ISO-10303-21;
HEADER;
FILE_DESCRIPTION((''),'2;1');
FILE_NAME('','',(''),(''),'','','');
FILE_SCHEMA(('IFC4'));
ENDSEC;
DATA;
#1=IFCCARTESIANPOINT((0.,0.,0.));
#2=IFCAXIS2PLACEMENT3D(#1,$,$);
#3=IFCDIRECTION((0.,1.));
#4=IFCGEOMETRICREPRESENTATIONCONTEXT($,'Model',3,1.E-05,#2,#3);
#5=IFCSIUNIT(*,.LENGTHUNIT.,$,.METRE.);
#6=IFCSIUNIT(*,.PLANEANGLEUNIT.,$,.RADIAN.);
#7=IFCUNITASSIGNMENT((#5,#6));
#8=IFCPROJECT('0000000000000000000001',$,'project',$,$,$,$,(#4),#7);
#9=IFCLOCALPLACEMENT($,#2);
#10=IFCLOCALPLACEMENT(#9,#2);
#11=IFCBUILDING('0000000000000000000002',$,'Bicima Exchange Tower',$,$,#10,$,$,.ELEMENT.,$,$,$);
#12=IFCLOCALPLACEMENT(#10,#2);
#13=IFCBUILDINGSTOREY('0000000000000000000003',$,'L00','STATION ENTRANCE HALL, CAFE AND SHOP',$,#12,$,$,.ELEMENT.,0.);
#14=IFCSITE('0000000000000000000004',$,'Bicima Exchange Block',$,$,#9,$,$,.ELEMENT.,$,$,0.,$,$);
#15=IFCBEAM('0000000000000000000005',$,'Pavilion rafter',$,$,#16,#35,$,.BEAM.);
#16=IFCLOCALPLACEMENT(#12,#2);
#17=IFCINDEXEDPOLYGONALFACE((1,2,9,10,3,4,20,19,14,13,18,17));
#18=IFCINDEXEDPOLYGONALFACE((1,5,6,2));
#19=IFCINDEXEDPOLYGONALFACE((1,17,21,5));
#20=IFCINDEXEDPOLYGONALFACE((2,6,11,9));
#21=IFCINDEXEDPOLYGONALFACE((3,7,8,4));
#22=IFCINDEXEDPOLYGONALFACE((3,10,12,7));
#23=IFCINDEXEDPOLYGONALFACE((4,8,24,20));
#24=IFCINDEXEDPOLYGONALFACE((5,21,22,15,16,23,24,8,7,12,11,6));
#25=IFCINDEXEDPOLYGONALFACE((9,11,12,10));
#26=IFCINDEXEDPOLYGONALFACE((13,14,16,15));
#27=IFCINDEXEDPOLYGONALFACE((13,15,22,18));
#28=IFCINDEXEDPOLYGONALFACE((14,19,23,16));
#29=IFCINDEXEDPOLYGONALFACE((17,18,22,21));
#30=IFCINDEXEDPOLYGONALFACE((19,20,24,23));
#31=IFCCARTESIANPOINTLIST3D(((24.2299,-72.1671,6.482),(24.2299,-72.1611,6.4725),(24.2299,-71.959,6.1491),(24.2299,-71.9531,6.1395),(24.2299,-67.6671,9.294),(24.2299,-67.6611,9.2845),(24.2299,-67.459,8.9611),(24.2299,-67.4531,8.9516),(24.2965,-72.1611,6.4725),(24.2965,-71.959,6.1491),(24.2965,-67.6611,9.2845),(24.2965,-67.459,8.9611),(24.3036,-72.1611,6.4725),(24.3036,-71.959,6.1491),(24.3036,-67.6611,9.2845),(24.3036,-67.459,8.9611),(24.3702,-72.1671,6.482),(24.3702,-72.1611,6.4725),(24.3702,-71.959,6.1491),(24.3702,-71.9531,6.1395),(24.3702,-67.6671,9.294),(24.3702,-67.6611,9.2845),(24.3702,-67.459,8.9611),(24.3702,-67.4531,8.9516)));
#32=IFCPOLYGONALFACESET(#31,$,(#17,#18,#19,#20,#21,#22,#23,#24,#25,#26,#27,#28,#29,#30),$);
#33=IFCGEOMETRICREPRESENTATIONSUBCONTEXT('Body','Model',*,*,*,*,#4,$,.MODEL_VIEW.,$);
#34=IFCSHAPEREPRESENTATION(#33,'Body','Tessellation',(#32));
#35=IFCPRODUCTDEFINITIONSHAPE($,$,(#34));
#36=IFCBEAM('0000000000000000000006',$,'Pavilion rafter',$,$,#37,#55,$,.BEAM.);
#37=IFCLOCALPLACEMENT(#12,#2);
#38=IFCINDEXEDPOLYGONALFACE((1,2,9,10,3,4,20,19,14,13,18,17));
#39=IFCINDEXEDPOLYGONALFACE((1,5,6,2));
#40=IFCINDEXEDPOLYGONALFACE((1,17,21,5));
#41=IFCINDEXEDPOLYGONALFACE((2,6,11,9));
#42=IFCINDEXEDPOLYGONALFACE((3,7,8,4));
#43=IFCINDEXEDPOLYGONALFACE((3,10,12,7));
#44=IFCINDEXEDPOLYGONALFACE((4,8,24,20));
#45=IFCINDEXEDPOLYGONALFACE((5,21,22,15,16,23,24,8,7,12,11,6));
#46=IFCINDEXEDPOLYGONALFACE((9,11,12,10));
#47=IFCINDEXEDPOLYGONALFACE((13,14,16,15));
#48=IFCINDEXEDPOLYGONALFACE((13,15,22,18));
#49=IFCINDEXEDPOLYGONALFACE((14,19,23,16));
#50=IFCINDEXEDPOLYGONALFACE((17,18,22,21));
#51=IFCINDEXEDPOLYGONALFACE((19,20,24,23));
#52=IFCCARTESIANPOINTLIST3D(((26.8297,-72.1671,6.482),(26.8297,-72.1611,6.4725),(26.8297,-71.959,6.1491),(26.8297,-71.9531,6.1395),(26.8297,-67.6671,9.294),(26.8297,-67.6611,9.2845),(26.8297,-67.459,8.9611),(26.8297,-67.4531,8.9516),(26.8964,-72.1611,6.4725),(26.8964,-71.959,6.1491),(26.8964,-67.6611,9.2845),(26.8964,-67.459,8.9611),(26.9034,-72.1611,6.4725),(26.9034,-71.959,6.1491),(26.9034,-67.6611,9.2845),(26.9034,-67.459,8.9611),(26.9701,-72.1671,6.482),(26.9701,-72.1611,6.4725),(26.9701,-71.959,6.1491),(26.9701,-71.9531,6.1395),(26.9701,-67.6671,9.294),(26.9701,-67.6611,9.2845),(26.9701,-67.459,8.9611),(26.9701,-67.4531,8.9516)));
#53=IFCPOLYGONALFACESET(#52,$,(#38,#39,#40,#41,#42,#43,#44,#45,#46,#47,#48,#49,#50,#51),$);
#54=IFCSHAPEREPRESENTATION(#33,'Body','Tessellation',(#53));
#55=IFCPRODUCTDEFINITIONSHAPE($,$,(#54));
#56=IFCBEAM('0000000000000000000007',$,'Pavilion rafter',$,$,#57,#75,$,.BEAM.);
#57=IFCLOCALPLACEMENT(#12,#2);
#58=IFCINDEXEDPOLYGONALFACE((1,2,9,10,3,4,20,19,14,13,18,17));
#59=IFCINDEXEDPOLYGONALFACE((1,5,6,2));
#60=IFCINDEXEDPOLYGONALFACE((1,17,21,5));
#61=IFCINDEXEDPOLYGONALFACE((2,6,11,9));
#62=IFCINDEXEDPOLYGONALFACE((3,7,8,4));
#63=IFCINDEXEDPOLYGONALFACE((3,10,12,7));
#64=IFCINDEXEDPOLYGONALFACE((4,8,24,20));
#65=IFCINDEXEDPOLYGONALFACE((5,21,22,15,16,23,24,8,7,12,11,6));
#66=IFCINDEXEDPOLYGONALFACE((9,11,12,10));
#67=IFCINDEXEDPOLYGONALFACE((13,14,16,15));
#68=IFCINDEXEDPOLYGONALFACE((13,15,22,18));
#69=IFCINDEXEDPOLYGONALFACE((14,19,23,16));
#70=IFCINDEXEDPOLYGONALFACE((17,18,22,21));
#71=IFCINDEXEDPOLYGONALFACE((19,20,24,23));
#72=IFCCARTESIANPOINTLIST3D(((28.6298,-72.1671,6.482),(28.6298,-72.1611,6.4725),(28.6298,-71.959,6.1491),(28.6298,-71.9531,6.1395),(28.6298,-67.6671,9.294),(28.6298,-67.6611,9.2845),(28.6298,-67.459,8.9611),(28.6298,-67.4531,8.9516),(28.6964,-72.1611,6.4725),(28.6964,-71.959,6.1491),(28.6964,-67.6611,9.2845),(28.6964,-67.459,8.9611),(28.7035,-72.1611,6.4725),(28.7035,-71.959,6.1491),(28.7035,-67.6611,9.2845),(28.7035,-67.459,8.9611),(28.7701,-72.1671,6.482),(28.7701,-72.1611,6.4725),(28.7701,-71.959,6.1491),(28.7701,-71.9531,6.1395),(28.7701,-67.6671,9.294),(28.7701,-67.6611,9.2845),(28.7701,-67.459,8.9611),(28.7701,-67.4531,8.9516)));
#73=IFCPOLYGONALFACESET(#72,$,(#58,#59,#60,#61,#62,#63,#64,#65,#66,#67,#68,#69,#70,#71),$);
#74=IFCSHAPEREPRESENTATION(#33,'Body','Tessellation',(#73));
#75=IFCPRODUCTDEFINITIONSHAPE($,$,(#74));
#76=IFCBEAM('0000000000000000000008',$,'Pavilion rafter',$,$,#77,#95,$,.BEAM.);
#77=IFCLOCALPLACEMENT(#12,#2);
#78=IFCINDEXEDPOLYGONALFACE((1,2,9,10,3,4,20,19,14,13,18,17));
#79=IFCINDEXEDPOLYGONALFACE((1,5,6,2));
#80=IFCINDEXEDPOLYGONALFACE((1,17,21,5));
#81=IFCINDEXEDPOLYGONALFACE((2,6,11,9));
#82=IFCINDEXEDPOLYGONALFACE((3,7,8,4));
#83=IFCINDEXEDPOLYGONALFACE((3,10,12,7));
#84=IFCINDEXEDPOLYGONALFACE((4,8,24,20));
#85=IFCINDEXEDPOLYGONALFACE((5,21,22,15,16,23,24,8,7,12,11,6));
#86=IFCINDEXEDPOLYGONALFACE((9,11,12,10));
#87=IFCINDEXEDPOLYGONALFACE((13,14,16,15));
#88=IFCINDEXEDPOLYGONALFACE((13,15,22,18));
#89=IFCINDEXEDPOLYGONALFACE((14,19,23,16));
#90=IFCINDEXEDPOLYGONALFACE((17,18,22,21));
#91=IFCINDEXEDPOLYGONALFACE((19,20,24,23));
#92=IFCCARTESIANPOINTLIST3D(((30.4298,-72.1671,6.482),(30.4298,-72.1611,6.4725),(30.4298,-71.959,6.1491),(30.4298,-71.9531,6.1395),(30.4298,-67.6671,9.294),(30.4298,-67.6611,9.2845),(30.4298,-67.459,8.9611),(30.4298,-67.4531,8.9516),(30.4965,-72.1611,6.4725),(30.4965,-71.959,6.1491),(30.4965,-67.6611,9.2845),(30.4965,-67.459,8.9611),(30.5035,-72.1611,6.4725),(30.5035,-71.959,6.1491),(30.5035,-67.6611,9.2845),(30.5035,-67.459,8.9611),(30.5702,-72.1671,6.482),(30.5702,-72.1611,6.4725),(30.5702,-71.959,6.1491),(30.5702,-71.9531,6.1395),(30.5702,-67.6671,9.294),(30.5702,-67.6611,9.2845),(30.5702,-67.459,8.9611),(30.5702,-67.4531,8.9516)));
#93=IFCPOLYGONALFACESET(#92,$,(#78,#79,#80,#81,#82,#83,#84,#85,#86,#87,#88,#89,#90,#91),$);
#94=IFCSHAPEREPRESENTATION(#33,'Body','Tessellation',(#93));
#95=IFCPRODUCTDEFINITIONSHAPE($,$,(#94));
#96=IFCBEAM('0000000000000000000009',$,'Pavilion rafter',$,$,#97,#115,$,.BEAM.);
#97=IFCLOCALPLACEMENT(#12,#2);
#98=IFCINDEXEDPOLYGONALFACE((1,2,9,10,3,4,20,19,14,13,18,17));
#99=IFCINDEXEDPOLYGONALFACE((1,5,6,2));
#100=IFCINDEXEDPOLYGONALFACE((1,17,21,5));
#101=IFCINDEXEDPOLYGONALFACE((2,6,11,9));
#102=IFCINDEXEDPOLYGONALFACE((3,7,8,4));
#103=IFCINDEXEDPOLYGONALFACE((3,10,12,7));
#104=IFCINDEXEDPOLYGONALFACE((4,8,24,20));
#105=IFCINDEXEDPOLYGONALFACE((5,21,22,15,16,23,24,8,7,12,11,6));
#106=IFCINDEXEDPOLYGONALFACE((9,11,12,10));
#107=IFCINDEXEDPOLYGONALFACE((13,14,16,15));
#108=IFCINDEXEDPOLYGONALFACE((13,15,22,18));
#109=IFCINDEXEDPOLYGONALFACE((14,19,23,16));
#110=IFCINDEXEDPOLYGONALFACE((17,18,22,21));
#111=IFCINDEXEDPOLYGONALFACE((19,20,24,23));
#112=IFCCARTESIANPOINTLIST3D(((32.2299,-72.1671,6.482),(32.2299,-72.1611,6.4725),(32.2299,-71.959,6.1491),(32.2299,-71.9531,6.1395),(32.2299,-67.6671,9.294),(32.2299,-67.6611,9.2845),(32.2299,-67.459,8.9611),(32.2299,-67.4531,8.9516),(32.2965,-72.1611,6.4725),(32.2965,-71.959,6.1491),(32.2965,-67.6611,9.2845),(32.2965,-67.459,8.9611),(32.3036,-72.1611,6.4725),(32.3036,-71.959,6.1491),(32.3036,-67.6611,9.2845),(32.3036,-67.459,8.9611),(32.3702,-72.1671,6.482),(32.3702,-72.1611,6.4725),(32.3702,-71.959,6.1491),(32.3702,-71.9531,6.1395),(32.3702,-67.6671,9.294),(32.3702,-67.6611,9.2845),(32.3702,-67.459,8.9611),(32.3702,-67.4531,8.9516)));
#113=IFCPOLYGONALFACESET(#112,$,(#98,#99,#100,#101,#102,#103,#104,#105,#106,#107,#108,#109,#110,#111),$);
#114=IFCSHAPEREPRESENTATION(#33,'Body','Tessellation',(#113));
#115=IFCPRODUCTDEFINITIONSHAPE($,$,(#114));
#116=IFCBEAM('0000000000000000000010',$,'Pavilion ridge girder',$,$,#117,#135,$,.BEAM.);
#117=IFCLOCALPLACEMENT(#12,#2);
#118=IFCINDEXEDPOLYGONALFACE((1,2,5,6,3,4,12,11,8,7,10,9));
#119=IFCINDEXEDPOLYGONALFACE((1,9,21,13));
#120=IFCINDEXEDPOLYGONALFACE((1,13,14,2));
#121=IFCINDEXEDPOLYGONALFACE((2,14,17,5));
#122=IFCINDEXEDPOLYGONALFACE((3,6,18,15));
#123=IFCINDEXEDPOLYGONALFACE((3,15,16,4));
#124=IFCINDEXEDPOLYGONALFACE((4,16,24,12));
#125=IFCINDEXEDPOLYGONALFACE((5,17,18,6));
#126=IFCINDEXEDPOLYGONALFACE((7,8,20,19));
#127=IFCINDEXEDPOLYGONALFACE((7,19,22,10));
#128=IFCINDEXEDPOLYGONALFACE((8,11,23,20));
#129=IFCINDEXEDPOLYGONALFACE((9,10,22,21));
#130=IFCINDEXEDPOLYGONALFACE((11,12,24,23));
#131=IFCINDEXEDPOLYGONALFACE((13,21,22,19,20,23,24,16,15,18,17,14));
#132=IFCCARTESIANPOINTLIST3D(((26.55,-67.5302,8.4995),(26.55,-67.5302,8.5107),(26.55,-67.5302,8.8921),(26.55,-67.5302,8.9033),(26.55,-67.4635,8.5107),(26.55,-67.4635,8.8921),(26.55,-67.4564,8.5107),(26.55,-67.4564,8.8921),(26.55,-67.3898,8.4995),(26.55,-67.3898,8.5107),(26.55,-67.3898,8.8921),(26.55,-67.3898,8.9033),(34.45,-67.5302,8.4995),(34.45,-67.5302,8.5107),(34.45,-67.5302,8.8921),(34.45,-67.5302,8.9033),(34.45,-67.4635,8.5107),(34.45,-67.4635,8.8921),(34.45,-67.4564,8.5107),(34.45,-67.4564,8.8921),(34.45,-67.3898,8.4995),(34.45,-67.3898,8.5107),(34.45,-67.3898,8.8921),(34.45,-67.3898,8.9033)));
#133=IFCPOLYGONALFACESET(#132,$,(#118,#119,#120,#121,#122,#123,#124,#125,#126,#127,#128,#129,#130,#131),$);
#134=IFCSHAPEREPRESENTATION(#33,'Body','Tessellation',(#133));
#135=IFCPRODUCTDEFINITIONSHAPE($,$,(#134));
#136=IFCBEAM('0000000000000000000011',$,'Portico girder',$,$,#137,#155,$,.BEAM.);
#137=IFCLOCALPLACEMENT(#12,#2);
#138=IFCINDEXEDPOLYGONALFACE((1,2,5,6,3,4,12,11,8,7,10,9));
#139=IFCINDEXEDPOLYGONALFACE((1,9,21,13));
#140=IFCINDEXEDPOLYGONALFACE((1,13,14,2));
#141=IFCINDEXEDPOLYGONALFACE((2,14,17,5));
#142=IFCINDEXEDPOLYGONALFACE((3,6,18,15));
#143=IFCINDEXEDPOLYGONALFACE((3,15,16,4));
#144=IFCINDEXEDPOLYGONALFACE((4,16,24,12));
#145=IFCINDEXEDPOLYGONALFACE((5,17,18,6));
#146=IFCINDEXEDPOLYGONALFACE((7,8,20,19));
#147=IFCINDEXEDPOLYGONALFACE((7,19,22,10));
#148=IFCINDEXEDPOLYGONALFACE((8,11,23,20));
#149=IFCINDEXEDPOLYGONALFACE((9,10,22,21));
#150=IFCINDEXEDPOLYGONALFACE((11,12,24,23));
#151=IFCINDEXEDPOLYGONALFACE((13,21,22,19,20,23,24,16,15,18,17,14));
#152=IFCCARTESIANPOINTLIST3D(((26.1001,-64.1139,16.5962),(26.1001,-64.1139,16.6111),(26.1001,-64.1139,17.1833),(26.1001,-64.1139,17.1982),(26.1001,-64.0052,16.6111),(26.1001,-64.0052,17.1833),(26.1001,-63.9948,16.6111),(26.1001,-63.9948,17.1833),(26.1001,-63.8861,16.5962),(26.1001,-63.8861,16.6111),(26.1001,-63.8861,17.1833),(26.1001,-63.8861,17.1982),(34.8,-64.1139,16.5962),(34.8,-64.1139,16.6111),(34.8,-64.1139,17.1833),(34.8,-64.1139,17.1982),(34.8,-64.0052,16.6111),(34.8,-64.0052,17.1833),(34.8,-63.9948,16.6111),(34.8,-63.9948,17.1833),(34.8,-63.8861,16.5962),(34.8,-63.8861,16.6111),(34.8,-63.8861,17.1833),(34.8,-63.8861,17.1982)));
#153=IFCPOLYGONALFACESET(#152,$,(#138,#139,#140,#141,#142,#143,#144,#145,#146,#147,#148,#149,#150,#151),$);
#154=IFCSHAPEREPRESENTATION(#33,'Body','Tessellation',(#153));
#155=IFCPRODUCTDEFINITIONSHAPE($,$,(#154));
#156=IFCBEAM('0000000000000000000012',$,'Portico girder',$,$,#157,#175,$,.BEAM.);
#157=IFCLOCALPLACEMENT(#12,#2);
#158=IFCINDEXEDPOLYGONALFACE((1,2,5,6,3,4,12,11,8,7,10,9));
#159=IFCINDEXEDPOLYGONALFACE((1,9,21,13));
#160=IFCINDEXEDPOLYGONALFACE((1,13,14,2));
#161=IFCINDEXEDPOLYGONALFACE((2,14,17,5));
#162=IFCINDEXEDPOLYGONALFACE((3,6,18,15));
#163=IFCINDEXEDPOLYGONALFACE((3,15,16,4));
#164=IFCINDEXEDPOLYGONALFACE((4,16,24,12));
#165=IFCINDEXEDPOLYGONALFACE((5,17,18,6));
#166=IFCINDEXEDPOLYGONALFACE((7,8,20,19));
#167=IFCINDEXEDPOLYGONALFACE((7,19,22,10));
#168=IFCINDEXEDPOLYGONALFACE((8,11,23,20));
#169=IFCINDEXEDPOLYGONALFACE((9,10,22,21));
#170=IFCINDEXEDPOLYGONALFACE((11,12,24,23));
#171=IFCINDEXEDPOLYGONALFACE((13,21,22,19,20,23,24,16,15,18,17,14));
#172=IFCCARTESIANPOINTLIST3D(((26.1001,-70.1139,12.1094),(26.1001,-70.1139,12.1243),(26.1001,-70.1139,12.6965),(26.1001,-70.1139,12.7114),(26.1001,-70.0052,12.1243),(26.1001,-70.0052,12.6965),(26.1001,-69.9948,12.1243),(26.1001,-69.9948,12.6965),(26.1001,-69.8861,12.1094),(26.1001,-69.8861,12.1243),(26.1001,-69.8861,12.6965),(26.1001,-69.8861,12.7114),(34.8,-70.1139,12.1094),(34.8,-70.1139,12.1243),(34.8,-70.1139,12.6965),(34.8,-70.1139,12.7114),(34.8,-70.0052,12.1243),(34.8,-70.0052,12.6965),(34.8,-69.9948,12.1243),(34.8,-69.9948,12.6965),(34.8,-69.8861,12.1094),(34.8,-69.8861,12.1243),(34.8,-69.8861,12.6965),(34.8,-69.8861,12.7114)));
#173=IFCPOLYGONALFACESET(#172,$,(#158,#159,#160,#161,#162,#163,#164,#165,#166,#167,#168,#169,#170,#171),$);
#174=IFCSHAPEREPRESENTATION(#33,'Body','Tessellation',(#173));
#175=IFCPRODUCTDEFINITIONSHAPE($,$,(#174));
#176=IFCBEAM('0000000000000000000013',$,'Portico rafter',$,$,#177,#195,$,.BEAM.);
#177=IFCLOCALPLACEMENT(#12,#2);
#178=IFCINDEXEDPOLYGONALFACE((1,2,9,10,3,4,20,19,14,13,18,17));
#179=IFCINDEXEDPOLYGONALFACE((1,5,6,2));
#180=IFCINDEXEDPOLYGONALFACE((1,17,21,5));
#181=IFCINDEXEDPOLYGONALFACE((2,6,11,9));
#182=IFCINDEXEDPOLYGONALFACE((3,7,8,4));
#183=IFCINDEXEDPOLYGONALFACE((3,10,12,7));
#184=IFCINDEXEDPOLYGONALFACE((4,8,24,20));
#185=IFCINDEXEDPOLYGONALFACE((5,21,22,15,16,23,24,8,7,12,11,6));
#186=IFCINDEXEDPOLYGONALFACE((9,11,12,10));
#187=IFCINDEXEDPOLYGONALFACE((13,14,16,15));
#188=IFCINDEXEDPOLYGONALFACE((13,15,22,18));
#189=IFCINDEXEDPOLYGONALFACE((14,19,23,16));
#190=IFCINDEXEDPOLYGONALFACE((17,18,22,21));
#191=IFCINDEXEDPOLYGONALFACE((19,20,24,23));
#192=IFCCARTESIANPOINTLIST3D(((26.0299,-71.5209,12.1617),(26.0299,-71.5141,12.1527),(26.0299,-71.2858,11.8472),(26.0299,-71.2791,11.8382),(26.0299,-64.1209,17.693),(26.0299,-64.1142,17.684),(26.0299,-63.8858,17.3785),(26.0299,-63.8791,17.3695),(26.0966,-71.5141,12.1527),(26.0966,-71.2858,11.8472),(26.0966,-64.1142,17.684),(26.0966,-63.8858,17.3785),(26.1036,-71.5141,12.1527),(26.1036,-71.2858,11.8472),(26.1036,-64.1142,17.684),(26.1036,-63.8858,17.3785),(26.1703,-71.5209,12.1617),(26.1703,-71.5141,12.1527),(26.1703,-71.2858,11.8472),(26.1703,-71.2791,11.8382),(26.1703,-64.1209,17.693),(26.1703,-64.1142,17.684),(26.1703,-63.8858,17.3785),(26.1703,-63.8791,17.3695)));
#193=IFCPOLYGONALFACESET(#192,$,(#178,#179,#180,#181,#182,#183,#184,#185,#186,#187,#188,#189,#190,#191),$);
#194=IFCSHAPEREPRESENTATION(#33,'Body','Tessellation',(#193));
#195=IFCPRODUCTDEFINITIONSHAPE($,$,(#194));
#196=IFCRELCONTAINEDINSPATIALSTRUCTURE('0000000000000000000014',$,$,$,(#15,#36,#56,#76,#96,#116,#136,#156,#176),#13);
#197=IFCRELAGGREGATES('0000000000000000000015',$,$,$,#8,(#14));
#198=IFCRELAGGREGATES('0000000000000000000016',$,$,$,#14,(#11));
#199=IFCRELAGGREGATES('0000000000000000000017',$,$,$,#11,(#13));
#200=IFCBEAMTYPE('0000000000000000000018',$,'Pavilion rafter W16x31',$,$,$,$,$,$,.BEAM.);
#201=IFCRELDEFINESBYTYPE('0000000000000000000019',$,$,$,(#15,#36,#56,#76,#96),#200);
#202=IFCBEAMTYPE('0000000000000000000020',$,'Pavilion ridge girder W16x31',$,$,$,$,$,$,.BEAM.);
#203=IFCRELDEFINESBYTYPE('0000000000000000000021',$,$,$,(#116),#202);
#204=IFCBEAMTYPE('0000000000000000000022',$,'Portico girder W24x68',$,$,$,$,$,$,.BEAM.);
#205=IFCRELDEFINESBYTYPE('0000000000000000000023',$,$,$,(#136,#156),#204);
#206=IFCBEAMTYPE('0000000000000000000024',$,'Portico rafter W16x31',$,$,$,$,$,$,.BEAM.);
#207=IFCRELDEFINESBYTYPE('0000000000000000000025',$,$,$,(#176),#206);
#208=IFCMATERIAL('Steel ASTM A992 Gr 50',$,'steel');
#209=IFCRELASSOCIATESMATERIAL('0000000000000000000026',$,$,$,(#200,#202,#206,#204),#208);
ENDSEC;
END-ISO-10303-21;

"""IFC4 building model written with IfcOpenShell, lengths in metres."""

from ifc_helpers import new_model, si_unit, direction, frame, origin, origin_2d, place, context, subcontext, project, spatial, i_section, extrude, material, material_profile, profile_set, type_object, element, save


model = new_model("IFC4")

# Units and contexts
model_context = context("Model", 3, precision=1e-05, world=origin(), true_north=direction((0.0, 1.0)))
body_context = subcontext(model_context, "Body", "Model", "MODEL_VIEW")
ifc_project = project(units=[si_unit("LENGTHUNIT", "METRE"), si_unit("PLANEANGLEUNIT", "RADIAN")], contexts=[model_context])

# Site, building, storey
site_placement = place(None, origin())
site = spatial("IfcSite", under=ifc_project, at=site_placement, Name="Bicima Exchange Block", CompositionType="ELEMENT", RefElevation=0.0)
building_placement = place(site_placement, origin())
building = spatial("IfcBuilding", under=site, at=building_placement, Name="Bicima Exchange Tower", CompositionType="ELEMENT")
storey_placement = place(building_placement, origin())
storey = spatial("IfcBuildingStorey", under=building, at=storey_placement, Name="L00", Description="STATION ENTRANCE HALL, CAFE AND SHOP", CompositionType="ELEMENT", Elevation=0.0)

# Beams
ifc_material_1 = material(Name="Steel ASTM A992 Gr 50", Category="steel")
ifc_material_profile_1 = material_profile(ifc_material_1, i_section(OverallWidth=0.1404, OverallDepth=0.4038, WebThickness=0.0071, FlangeThickness=0.0112, at=origin_2d()))
ifc_profile_set_1 = profile_set([ifc_material_profile_1], Name="Steel ASTM A992 Gr 50")
beam_type_1 = type_object("IfcBeamType", Name="Pavilion rafter W16x31", PredefinedType="BEAM", material=ifc_profile_set_1)
for number, where, z_axis, x_axis, name in (
    (1, (24.3, -67.5601, 9.1228), (0.0, -0.84804, -0.529933), (1.0, 0.0, 0.0), "Pavilion rafter"),
    (2, (26.8999, -67.5601, 9.1228), (0.0, -0.84804, -0.529933), (1.0, 0.0, 0.0), "Pavilion rafter"),
    (3, (28.7, -67.5601, 9.1228), (0.0, -0.84804, -0.529933), (1.0, 0.0, 0.0), "Pavilion rafter"),
    (4, (30.5, -67.5601, 9.1228), (0.0, -0.84804, -0.529933), (1.0, 0.0, 0.0), "Pavilion rafter"),
    (5, (32.3, -67.5601, 9.1228), (0.0, -0.84804, -0.529933), (1.0, 0.0, 0.0), "Pavilion rafter"),
):
    element("IfcBeam", number, at=place(storey_placement, frame(where, z_axis=z_axis, x_axis=x_axis)), inside=storey, type_object=beam_type_1, Name=name, PredefinedType="BEAM", context=body_context, shape_type="SweptSolid", body=[
        extrude(i_section(OverallWidth=0.1404, OverallDepth=0.4038, WebThickness=0.0071, FlangeThickness=0.0112, at=origin_2d()), origin(), (0.0, 0.0, 1.0), 5.3064),
    ])
beam_type_2 = type_object("IfcBeamType", Name="Pavilion ridge girder W16x31", PredefinedType="BEAM", material=ifc_profile_set_1)
beam_placement = place(storey_placement, frame((26.55, -67.46, 8.7014), z_axis=(1.0, 0.0, 0.0), x_axis=(0.0, 1.0, 0.0)))
element("IfcBeam", 6, at=beam_placement, inside=storey, type_object=beam_type_2, Name="Pavilion ridge girder", PredefinedType="BEAM", context=body_context, shape_type="SweptSolid", body=[
    extrude(i_section(OverallWidth=0.1404, OverallDepth=0.4038, WebThickness=0.0071, FlangeThickness=0.0112, at=origin_2d()), origin(), (0.0, 0.0, 1.0), 7.8999),
])
ifc_material_profile_2 = material_profile(ifc_material_1, i_section(OverallWidth=0.2278, OverallDepth=0.6021, WebThickness=0.0105, FlangeThickness=0.0149, at=origin_2d()))
ifc_profile_set_2 = profile_set([ifc_material_profile_2], Name="Steel ASTM A992 Gr 50")
beam_type_3 = type_object("IfcBeamType", Name="Portico girder W24x68", PredefinedType="BEAM", material=ifc_profile_set_2)
for number, where, z_axis, x_axis, name in (
    (7, (26.1001, -64.0, 16.8972), (1.0, 0.0, 0.0), (0.0, 1.0, 0.0), "Portico girder"),
    (8, (26.1001, -70.0, 12.4104), (1.0, 0.0, 0.0), (0.0, 1.0, 0.0), "Portico girder"),
):
    element("IfcBeam", number, at=place(storey_placement, frame(where, z_axis=z_axis, x_axis=x_axis)), inside=storey, type_object=beam_type_3, Name=name, PredefinedType="BEAM", context=body_context, shape_type="SweptSolid", body=[
        extrude(i_section(OverallWidth=0.2278, OverallDepth=0.6021, WebThickness=0.0105, FlangeThickness=0.0149, at=origin_2d()), origin(), (0.0, 0.0, 1.0), 8.7),
    ])
beam_type_4 = type_object("IfcBeamType", Name="Portico rafter W16x31", PredefinedType="BEAM", material=ifc_profile_set_1)
for number, where, z_axis, x_axis, name in (
    (9, (26.1001, -64.0, 17.5312), (0.0, -0.800969, -0.598705), (1.0, 0.0, 0.0), "Portico rafter"),
):
    element("IfcBeam", number, at=place(storey_placement, frame(where, z_axis=z_axis, x_axis=x_axis)), inside=storey, type_object=beam_type_4, Name=name, PredefinedType="BEAM", context=body_context, shape_type="SweptSolid", body=[
        extrude(i_section(OverallWidth=0.1404, OverallDepth=0.4038, WebThickness=0.0071, FlangeThickness=0.0112, at=origin_2d()), origin(), (0.0, 0.0, 1.0), 9.2388),
    ])

save(model, "model.ifc")
